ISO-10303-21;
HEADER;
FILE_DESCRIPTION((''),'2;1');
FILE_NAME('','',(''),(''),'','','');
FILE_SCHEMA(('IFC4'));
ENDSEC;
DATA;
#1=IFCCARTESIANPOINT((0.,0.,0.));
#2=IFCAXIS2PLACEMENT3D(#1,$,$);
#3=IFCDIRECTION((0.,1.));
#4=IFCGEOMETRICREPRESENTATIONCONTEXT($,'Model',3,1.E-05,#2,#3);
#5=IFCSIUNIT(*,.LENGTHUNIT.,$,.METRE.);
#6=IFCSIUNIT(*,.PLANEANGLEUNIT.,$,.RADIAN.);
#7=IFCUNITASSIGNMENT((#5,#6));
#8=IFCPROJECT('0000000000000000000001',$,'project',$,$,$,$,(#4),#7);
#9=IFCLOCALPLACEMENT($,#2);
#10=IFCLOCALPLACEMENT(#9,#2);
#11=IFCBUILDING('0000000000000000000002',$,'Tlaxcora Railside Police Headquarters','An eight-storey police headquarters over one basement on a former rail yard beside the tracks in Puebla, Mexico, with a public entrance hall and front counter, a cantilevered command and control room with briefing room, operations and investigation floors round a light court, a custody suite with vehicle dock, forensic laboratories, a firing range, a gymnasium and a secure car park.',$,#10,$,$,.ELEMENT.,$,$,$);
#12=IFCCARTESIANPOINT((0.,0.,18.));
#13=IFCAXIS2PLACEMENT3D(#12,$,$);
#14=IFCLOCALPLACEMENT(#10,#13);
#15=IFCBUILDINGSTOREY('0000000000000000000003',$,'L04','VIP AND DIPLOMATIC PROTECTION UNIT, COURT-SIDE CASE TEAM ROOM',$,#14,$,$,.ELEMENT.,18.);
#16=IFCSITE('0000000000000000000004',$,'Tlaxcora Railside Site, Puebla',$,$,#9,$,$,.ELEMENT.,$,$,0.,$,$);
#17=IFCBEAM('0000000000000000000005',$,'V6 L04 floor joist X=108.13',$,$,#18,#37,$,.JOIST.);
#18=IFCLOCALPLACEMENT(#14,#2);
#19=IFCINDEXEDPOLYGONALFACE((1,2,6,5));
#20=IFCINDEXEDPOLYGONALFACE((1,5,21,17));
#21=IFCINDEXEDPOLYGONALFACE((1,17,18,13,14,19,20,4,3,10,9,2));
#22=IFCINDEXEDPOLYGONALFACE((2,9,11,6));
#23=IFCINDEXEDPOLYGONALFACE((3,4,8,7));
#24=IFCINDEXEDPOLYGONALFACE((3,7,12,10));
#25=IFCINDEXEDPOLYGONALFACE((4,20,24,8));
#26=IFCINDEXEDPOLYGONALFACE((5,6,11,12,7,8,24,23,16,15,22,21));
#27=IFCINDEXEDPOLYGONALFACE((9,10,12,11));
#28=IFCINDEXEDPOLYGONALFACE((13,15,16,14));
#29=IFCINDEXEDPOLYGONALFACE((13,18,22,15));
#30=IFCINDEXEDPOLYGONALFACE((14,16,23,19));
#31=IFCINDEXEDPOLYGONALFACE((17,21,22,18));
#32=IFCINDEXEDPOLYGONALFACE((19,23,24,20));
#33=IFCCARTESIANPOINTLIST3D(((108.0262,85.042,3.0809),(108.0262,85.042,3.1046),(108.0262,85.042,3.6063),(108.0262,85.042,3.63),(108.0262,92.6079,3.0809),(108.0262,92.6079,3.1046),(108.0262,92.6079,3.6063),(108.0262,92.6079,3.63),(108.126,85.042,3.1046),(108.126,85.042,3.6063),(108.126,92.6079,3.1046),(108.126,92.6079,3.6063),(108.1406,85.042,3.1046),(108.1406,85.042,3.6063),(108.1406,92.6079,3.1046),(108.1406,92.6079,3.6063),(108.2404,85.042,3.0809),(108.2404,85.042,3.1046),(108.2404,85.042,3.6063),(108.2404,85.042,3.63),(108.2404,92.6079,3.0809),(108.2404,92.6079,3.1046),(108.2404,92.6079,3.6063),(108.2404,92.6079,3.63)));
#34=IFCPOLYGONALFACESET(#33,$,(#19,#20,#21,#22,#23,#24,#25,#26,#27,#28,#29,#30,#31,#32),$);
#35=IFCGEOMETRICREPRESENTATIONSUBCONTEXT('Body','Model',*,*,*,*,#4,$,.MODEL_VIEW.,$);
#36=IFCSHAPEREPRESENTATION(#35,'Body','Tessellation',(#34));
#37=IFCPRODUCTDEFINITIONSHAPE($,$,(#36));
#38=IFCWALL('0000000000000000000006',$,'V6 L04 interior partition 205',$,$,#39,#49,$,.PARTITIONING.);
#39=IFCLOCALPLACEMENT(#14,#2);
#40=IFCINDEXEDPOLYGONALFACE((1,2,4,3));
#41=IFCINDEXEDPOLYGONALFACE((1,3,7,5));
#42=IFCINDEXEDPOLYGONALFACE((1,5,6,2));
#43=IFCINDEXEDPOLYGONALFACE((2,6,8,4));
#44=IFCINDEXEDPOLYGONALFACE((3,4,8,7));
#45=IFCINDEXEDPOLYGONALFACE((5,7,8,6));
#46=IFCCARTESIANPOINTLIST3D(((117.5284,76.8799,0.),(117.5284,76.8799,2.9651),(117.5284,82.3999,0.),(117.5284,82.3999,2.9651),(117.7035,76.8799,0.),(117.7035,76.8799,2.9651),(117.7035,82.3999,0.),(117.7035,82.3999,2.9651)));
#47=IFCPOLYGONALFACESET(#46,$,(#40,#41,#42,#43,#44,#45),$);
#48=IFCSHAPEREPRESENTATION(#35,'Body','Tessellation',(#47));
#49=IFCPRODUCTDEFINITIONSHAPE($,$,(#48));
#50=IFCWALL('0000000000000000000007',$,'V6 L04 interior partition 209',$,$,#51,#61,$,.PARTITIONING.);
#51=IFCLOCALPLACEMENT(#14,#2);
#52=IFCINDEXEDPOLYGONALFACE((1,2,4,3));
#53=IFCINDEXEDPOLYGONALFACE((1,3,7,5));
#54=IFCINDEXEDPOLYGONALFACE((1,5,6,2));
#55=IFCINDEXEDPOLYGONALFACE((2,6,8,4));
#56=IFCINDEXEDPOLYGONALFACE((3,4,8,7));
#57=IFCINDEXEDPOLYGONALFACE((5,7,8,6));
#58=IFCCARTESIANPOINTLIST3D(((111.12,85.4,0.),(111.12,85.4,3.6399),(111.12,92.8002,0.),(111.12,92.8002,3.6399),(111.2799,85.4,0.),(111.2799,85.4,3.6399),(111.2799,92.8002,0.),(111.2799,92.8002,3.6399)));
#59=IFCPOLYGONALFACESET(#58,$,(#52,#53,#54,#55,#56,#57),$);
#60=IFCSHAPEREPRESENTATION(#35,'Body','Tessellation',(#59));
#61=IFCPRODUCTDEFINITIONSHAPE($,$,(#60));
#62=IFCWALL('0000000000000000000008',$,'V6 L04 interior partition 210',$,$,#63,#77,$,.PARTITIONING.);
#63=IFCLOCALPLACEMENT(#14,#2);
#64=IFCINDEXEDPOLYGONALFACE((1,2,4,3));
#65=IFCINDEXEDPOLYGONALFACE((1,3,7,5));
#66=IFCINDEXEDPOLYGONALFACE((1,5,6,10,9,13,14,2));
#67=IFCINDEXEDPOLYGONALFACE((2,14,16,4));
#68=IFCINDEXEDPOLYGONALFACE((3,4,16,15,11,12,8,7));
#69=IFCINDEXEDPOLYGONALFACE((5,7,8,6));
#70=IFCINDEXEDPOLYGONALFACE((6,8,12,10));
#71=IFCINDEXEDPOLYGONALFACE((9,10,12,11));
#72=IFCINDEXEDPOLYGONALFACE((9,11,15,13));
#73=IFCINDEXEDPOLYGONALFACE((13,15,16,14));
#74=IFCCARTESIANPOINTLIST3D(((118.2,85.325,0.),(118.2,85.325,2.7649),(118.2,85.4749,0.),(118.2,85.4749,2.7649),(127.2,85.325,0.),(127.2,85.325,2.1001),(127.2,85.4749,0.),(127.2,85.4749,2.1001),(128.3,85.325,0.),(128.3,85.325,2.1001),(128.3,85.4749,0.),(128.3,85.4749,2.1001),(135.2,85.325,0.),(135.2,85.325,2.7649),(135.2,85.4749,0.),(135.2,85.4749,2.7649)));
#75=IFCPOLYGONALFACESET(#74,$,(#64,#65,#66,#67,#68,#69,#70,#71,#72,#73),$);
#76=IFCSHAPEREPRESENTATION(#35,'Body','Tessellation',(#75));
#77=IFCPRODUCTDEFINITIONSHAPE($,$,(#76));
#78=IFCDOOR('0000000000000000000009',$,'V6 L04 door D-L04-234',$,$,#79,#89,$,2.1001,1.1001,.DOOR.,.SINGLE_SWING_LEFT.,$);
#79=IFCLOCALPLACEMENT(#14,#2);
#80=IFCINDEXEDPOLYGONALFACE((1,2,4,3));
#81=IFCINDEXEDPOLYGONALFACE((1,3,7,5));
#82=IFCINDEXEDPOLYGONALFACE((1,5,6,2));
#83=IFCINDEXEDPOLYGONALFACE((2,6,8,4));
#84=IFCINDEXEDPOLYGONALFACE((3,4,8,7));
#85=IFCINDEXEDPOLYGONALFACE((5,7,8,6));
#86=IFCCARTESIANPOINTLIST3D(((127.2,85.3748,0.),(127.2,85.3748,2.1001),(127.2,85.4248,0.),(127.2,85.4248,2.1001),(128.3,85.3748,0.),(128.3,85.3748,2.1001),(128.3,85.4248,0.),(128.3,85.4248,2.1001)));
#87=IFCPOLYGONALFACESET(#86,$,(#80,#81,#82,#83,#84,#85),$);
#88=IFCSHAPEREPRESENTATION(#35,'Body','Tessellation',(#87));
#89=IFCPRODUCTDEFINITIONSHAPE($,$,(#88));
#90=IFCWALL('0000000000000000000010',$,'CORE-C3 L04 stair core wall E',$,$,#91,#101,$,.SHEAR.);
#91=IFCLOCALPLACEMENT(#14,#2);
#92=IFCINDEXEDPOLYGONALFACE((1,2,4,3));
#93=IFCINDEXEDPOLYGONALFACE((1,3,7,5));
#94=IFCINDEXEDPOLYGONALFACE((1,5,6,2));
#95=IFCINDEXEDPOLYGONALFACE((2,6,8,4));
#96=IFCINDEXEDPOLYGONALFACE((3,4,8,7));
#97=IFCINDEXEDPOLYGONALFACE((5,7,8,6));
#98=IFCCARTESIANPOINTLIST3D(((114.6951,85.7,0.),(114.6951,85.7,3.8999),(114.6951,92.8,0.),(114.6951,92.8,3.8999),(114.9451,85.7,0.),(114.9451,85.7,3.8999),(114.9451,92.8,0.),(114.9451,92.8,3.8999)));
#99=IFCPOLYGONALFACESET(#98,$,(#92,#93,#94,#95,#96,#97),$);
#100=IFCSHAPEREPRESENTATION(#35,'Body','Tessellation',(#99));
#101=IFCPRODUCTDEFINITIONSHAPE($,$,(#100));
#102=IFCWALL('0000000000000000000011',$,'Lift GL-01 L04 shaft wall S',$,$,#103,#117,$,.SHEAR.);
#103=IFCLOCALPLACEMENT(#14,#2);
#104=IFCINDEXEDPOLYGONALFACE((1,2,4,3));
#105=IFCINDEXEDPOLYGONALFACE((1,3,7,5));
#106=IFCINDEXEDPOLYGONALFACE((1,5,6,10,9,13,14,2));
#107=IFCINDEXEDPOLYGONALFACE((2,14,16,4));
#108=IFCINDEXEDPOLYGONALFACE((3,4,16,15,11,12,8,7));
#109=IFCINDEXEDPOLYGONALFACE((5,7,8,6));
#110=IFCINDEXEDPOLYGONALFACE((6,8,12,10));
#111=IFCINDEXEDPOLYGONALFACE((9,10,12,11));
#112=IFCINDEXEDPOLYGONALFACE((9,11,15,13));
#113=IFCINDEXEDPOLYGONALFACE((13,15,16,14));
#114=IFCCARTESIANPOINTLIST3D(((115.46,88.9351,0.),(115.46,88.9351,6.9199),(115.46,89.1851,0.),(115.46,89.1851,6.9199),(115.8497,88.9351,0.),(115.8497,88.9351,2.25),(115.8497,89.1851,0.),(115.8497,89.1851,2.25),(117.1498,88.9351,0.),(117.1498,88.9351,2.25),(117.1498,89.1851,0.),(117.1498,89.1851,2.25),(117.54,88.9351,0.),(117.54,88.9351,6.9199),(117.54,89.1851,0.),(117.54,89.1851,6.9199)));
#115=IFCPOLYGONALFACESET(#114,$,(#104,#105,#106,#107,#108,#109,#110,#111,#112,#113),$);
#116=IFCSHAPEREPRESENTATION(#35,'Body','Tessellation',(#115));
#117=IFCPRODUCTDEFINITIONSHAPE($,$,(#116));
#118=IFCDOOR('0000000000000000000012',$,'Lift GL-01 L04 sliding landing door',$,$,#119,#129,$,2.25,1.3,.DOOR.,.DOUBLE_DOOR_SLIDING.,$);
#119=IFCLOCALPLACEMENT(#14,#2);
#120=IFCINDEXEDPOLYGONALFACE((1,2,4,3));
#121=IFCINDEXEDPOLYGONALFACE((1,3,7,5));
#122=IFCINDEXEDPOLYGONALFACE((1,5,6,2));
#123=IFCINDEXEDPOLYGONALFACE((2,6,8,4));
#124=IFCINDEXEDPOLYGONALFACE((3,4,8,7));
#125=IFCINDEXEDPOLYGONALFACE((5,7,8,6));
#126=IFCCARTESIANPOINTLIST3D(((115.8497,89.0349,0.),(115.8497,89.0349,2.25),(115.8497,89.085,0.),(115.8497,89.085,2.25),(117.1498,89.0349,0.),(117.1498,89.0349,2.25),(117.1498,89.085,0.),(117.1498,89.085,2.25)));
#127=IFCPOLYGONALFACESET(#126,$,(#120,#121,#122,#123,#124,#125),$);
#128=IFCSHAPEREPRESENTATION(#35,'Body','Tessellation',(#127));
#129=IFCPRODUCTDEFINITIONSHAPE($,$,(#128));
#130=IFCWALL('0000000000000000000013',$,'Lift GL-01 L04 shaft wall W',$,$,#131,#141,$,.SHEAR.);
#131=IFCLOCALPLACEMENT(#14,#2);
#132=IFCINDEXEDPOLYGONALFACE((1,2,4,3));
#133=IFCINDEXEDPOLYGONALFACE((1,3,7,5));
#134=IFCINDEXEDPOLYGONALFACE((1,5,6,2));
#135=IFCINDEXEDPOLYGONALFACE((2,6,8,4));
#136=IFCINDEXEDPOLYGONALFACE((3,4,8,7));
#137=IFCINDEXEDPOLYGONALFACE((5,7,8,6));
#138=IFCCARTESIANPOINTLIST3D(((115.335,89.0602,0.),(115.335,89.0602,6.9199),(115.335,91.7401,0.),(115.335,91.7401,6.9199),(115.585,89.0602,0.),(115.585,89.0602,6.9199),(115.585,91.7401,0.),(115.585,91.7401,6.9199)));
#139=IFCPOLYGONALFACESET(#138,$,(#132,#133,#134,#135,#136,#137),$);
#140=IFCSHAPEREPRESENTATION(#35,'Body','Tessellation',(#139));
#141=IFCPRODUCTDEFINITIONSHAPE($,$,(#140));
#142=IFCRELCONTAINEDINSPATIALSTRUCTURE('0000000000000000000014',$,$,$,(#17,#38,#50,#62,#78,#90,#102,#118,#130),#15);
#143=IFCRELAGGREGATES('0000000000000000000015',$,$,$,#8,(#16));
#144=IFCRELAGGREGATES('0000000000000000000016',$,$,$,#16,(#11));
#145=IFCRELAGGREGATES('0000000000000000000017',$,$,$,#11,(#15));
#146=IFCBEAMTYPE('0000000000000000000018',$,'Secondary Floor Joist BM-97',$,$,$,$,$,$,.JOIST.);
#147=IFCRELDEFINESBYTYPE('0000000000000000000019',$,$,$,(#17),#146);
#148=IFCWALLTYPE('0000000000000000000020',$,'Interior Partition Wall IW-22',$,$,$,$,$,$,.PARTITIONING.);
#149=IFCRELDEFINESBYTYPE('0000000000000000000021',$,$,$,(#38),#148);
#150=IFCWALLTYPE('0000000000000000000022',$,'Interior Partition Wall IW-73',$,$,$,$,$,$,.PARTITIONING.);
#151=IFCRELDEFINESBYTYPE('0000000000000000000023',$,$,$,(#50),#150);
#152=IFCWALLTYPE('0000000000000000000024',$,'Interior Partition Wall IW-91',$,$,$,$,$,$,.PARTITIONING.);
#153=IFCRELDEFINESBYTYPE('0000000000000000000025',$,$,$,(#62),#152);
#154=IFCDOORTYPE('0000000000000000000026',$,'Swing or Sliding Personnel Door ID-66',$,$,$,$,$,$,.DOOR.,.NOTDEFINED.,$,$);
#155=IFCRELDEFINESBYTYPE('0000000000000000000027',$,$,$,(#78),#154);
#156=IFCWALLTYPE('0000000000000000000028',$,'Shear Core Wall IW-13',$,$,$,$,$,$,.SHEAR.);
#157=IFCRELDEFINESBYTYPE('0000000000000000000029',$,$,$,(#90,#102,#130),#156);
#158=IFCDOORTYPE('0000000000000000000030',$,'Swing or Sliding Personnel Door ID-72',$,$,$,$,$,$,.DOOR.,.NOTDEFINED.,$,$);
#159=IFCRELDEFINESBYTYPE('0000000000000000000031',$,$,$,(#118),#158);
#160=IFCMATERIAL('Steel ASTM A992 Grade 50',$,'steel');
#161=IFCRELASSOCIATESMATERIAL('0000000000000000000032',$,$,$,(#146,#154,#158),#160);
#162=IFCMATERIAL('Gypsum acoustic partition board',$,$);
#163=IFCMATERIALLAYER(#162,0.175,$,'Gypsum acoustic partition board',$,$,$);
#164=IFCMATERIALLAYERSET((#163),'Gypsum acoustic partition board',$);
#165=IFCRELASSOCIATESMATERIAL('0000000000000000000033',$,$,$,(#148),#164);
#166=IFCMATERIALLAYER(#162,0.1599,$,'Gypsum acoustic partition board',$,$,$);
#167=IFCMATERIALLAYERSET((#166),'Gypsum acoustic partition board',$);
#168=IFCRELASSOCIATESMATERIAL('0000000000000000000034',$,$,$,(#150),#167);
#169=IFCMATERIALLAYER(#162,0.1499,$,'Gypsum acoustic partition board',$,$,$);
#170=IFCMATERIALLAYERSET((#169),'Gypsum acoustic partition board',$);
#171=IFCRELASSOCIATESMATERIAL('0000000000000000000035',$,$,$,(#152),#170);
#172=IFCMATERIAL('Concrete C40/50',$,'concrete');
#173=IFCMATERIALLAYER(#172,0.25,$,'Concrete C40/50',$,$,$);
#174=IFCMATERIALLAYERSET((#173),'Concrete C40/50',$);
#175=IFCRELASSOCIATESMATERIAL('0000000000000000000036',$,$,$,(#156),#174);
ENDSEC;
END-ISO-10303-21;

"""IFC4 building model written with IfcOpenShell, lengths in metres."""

from ifc_helpers import new_model, si_unit, direction, frame, frame_2d, origin, origin_2d, place, context, subcontext, project, spatial, rectangle, i_section, extrude, material, layer, layer_set, material_profile, profile_set, type_object, element, fill, save


model = new_model("IFC4")

# Units and contexts
model_context = context("Model", 3, precision=1e-05, world=origin(), true_north=direction((0.0, 1.0)))
body_context = subcontext(model_context, "Body", "Model", "MODEL_VIEW")
ifc_project = project(units=[si_unit("LENGTHUNIT", "METRE"), si_unit("PLANEANGLEUNIT", "RADIAN")], contexts=[model_context])

# Site, building, storey
site_placement = place(None, origin())
site = spatial("IfcSite", under=ifc_project, at=site_placement, Name="Tlaxcora Railside Site, Puebla", CompositionType="ELEMENT", RefElevation=0.0)
building_placement = place(site_placement, origin())
building = spatial("IfcBuilding", under=site, at=building_placement, Name="Tlaxcora Railside Police Headquarters", Description="An eight-storey police headquarters over one basement on a former rail yard beside the tracks in Puebla, Mexico, with a public entrance hall and front counter, a cantilevered command and control room with briefing room, operations and investigation floors round a light court, a custody suite with vehicle dock, forensic laboratories, a firing range, a gymnasium and a secure car park.", CompositionType="ELEMENT")
storey_placement = place(building_placement, frame((0.0, 0.0, 18.0)))
storey = spatial("IfcBuildingStorey", under=building, at=storey_placement, Name="L04", Description="VIP AND DIPLOMATIC PROTECTION UNIT, COURT-SIDE CASE TEAM ROOM", CompositionType="ELEMENT", Elevation=18.0)

# Shared definitions
ifc_material_1 = material(Name="Concrete C40/50", Category="concrete")

# Shared definitions
ifc_material_2 = material(Name="Steel ASTM A992 Grade 50", Category="steel")

# Beam
ifc_material_profile_1 = material_profile(ifc_material_2, i_section(OverallWidth=0.2141, OverallDepth=0.5491, WebThickness=0.0146, FlangeThickness=0.0237, at=origin_2d()), Name="W21X93")
ifc_profile_set_1 = profile_set([ifc_material_profile_1], Name="Steel ASTM A992 Grade 50")
beam_type_1 = type_object("IfcBeamType", Name="Secondary Floor Joist BM-97", PredefinedType="JOIST", material=ifc_profile_set_1)
beam_1_placement = place(storey_placement, frame((108.1333, 85.042, 3.3555), z_axis=(0.0, 1.0, 0.0), x_axis=(-1.0, 0.0, 0.0)))
element("IfcBeam", 1, at=beam_1_placement, inside=storey, type_object=beam_type_1, Name="V6 L04 floor joist X=108.13", PredefinedType="JOIST", context=body_context, shape_type="SweptSolid", body=[
    extrude(i_section(OverallWidth=0.2141, OverallDepth=0.5491, WebThickness=0.0146, FlangeThickness=0.0237, at=origin_2d()), origin(), (0.0, 0.0, 1.0), 7.5659),
])

# Walls
ifc_material_3 = material(Name="Gypsum acoustic partition board")
ifc_layer_1 = layer(ifc_material_3, 0.175, Name="Gypsum acoustic partition board")
ifc_layer_set_1 = layer_set([ifc_layer_1], Name="Gypsum acoustic partition board")
wall_type_1 = type_object("IfcWallType", Name="Interior Partition Wall IW-22", PredefinedType="PARTITIONING", material=ifc_layer_set_1)
wall_1_placement = place(storey_placement, frame((117.616, 76.8799, 0.0), z_axis=(0.0, 0.0, 1.0), x_axis=(0.0, 1.0, 0.0)))
element("IfcWall", 2, at=wall_1_placement, inside=storey, type_object=wall_type_1, Name="V6 L04 interior partition 205", PredefinedType="PARTITIONING", context=body_context, shape_type="SweptSolid", body=[
    extrude(rectangle(XDim=5.52, YDim=0.175, at=frame_2d((2.76, 0.0))), origin(), (0.0, 0.0, 1.0), 2.9651),
])
ifc_layer_2 = layer(ifc_material_3, 0.1599, Name="Gypsum acoustic partition board")
ifc_layer_set_2 = layer_set([ifc_layer_2], Name="Gypsum acoustic partition board")
wall_type_2 = type_object("IfcWallType", Name="Interior Partition Wall IW-73", PredefinedType="PARTITIONING", material=ifc_layer_set_2)
wall_2_placement = place(storey_placement, frame((111.2, 85.3999, 0.0), z_axis=(0.0, 0.0, 1.0), x_axis=(0.0, 1.0, 0.0)))
element("IfcWall", 3, at=wall_2_placement, inside=storey, type_object=wall_type_2, Name="V6 L04 interior partition 209", PredefinedType="PARTITIONING", context=body_context, shape_type="SweptSolid", body=[
    extrude(rectangle(XDim=7.4001, YDim=0.1599, at=frame_2d((3.7002, 0.0))), origin(), (0.0, 0.0, 1.0), 3.6399),
])

# Wall, opening, door
ifc_layer_3 = layer(ifc_material_3, 0.1499, Name="Gypsum acoustic partition board")
ifc_layer_set_3 = layer_set([ifc_layer_3], Name="Gypsum acoustic partition board")
wall_type_3 = type_object("IfcWallType", Name="Interior Partition Wall IW-91", PredefinedType="PARTITIONING", material=ifc_layer_set_3)
wall_3_placement = place(storey_placement, frame((118.2, 85.3999, 0.0), z_axis=(0.0, 0.0, 1.0), x_axis=(1.0, 0.0, 0.0)))
wall_3 = element("IfcWall", 4, at=wall_3_placement, inside=storey, type_object=wall_type_3, Name="V6 L04 interior partition 210", PredefinedType="PARTITIONING", context=body_context, shape_type="SweptSolid", body=[
    extrude(rectangle(XDim=17.0, YDim=0.1499, at=frame_2d((8.5, 0.0))), origin(), (0.0, 0.0, 1.0), 2.7649),
])
opening_1_placement = place(wall_3_placement, frame((9.0, 0.0, 0.0)))
opening_1 = element("IfcOpeningElement", 5, at=opening_1_placement, cuts=wall_3, PredefinedType="OPENING", context=body_context, shape_type="SweptSolid", body=[
    extrude(rectangle(XDim=1.1001, YDim=2.1001, at=frame_2d((0.55, 1.05))), frame((0.0, 0.085, 0.0), z_axis=(0.0, -1.0, 0.0), x_axis=(1.0, 0.0, 0.0)), (0.0, 0.0, 1.0), 0.1699),
])
door_type_1 = type_object("IfcDoorType", Name="Swing or Sliding Personnel Door ID-66", OperationType="NOTDEFINED", PredefinedType="DOOR", material=ifc_material_2)
door_1_placement = place(opening_1_placement, origin())
door_1 = element("IfcDoor", 6, at=door_1_placement, inside=storey, type_object=door_type_1, Name="V6 L04 door D-L04-234", OperationType="SINGLE_SWING_LEFT", OverallHeight=2.1001, OverallWidth=1.1001, PredefinedType="DOOR", context=body_context, shape_type="SweptSolid", body=[
    extrude(rectangle(XDim=1.1001, YDim=2.1001, at=frame_2d((0.55, 1.05))), frame((0.0, 0.0249, 0.0), z_axis=(0.0, -1.0, 0.0), x_axis=(1.0, 0.0, 0.0)), (0.0, 0.0, 1.0), 0.05),
])
fill(opening_1, door_1)
ifc_layer_4 = layer(ifc_material_1, 0.25, Name="Concrete C40/50")
ifc_layer_set_4 = layer_set([ifc_layer_4], Name="Concrete C40/50")
wall_type_4 = type_object("IfcWallType", Name="Shear Core Wall IW-13", PredefinedType="SHEAR", material=ifc_layer_set_4)

# Wall
wall_4_placement = place(storey_placement, frame((114.8201, 85.7, 0.0), z_axis=(0.0, 0.0, 1.0), x_axis=(0.0, 1.0, 0.0)))
element("IfcWall", 7, at=wall_4_placement, inside=storey, type_object=wall_type_4, Name="CORE-C3 L04 stair core wall E", PredefinedType="SHEAR", context=body_context, shape_type="SweptSolid", body=[
    extrude(rectangle(XDim=7.1001, YDim=0.25, at=frame_2d((3.55, 0.0))), origin(), (0.0, 0.0, 1.0), 3.8999),
])

# Wall, opening, door
wall_5_placement = place(storey_placement, frame((115.46, 89.0601, 0.0), z_axis=(0.0, 0.0, 1.0), x_axis=(1.0, 0.0, 0.0)))
wall_5 = element("IfcWall", 8, at=wall_5_placement, inside=storey, type_object=wall_type_4, Name="Lift GL-01 L04 shaft wall S", PredefinedType="SHEAR", context=body_context, shape_type="SweptSolid", body=[
    extrude(rectangle(XDim=2.0801, YDim=0.25, at=frame_2d((1.04, 0.0))), origin(), (0.0, 0.0, 1.0), 6.9199),
])
opening_2_placement = place(wall_5_placement, frame((0.3899, 0.0, 0.0)))
opening_2 = element("IfcOpeningElement", 9, at=opening_2_placement, cuts=wall_5, PredefinedType="OPENING", context=body_context, shape_type="SweptSolid", body=[
    extrude(rectangle(XDim=1.3, YDim=2.25, at=frame_2d((0.6499, 1.125))), frame((0.0, 0.135, 0.0), z_axis=(0.0, -1.0, 0.0), x_axis=(1.0, 0.0, 0.0)), (0.0, 0.0, 1.0), 0.27),
])
door_type_2 = type_object("IfcDoorType", Name="Swing or Sliding Personnel Door ID-72", OperationType="NOTDEFINED", PredefinedType="DOOR", material=ifc_material_2)
door_2_placement = place(opening_2_placement, origin())
door_2 = element("IfcDoor", 10, at=door_2_placement, inside=storey, type_object=door_type_2, Name="Lift GL-01 L04 sliding landing door", OperationType="DOUBLE_DOOR_SLIDING", OverallHeight=2.25, OverallWidth=1.3, PredefinedType="DOOR", context=body_context, shape_type="SweptSolid", body=[
    extrude(rectangle(XDim=1.3, YDim=2.25, at=frame_2d((0.6499, 1.125))), frame((0.0, 0.0249, 0.0), z_axis=(0.0, -1.0, 0.0), x_axis=(1.0, 0.0, 0.0)), (0.0, 0.0, 1.0), 0.05),
])
fill(opening_2, door_2)

# Wall
for number, where, z_axis, x_axis, name in (
    (11, (115.46, 91.74, 0.0), (0.0, 0.0, 1.0), (0.0, -1.0, 0.0), "Lift GL-01 L04 shaft wall W"),
):
    element("IfcWall", number, at=place(storey_placement, frame(where, z_axis=z_axis, x_axis=x_axis)), inside=storey, type_object=wall_type_4, Name=name, PredefinedType="SHEAR", context=body_context, shape_type="SweptSolid", body=[
        extrude(rectangle(XDim=2.6799, YDim=0.25, at=frame_2d((1.3398, 0.0))), origin(), (0.0, 0.0, 1.0), 6.9199),
    ])

save(model, "model.ifc")
